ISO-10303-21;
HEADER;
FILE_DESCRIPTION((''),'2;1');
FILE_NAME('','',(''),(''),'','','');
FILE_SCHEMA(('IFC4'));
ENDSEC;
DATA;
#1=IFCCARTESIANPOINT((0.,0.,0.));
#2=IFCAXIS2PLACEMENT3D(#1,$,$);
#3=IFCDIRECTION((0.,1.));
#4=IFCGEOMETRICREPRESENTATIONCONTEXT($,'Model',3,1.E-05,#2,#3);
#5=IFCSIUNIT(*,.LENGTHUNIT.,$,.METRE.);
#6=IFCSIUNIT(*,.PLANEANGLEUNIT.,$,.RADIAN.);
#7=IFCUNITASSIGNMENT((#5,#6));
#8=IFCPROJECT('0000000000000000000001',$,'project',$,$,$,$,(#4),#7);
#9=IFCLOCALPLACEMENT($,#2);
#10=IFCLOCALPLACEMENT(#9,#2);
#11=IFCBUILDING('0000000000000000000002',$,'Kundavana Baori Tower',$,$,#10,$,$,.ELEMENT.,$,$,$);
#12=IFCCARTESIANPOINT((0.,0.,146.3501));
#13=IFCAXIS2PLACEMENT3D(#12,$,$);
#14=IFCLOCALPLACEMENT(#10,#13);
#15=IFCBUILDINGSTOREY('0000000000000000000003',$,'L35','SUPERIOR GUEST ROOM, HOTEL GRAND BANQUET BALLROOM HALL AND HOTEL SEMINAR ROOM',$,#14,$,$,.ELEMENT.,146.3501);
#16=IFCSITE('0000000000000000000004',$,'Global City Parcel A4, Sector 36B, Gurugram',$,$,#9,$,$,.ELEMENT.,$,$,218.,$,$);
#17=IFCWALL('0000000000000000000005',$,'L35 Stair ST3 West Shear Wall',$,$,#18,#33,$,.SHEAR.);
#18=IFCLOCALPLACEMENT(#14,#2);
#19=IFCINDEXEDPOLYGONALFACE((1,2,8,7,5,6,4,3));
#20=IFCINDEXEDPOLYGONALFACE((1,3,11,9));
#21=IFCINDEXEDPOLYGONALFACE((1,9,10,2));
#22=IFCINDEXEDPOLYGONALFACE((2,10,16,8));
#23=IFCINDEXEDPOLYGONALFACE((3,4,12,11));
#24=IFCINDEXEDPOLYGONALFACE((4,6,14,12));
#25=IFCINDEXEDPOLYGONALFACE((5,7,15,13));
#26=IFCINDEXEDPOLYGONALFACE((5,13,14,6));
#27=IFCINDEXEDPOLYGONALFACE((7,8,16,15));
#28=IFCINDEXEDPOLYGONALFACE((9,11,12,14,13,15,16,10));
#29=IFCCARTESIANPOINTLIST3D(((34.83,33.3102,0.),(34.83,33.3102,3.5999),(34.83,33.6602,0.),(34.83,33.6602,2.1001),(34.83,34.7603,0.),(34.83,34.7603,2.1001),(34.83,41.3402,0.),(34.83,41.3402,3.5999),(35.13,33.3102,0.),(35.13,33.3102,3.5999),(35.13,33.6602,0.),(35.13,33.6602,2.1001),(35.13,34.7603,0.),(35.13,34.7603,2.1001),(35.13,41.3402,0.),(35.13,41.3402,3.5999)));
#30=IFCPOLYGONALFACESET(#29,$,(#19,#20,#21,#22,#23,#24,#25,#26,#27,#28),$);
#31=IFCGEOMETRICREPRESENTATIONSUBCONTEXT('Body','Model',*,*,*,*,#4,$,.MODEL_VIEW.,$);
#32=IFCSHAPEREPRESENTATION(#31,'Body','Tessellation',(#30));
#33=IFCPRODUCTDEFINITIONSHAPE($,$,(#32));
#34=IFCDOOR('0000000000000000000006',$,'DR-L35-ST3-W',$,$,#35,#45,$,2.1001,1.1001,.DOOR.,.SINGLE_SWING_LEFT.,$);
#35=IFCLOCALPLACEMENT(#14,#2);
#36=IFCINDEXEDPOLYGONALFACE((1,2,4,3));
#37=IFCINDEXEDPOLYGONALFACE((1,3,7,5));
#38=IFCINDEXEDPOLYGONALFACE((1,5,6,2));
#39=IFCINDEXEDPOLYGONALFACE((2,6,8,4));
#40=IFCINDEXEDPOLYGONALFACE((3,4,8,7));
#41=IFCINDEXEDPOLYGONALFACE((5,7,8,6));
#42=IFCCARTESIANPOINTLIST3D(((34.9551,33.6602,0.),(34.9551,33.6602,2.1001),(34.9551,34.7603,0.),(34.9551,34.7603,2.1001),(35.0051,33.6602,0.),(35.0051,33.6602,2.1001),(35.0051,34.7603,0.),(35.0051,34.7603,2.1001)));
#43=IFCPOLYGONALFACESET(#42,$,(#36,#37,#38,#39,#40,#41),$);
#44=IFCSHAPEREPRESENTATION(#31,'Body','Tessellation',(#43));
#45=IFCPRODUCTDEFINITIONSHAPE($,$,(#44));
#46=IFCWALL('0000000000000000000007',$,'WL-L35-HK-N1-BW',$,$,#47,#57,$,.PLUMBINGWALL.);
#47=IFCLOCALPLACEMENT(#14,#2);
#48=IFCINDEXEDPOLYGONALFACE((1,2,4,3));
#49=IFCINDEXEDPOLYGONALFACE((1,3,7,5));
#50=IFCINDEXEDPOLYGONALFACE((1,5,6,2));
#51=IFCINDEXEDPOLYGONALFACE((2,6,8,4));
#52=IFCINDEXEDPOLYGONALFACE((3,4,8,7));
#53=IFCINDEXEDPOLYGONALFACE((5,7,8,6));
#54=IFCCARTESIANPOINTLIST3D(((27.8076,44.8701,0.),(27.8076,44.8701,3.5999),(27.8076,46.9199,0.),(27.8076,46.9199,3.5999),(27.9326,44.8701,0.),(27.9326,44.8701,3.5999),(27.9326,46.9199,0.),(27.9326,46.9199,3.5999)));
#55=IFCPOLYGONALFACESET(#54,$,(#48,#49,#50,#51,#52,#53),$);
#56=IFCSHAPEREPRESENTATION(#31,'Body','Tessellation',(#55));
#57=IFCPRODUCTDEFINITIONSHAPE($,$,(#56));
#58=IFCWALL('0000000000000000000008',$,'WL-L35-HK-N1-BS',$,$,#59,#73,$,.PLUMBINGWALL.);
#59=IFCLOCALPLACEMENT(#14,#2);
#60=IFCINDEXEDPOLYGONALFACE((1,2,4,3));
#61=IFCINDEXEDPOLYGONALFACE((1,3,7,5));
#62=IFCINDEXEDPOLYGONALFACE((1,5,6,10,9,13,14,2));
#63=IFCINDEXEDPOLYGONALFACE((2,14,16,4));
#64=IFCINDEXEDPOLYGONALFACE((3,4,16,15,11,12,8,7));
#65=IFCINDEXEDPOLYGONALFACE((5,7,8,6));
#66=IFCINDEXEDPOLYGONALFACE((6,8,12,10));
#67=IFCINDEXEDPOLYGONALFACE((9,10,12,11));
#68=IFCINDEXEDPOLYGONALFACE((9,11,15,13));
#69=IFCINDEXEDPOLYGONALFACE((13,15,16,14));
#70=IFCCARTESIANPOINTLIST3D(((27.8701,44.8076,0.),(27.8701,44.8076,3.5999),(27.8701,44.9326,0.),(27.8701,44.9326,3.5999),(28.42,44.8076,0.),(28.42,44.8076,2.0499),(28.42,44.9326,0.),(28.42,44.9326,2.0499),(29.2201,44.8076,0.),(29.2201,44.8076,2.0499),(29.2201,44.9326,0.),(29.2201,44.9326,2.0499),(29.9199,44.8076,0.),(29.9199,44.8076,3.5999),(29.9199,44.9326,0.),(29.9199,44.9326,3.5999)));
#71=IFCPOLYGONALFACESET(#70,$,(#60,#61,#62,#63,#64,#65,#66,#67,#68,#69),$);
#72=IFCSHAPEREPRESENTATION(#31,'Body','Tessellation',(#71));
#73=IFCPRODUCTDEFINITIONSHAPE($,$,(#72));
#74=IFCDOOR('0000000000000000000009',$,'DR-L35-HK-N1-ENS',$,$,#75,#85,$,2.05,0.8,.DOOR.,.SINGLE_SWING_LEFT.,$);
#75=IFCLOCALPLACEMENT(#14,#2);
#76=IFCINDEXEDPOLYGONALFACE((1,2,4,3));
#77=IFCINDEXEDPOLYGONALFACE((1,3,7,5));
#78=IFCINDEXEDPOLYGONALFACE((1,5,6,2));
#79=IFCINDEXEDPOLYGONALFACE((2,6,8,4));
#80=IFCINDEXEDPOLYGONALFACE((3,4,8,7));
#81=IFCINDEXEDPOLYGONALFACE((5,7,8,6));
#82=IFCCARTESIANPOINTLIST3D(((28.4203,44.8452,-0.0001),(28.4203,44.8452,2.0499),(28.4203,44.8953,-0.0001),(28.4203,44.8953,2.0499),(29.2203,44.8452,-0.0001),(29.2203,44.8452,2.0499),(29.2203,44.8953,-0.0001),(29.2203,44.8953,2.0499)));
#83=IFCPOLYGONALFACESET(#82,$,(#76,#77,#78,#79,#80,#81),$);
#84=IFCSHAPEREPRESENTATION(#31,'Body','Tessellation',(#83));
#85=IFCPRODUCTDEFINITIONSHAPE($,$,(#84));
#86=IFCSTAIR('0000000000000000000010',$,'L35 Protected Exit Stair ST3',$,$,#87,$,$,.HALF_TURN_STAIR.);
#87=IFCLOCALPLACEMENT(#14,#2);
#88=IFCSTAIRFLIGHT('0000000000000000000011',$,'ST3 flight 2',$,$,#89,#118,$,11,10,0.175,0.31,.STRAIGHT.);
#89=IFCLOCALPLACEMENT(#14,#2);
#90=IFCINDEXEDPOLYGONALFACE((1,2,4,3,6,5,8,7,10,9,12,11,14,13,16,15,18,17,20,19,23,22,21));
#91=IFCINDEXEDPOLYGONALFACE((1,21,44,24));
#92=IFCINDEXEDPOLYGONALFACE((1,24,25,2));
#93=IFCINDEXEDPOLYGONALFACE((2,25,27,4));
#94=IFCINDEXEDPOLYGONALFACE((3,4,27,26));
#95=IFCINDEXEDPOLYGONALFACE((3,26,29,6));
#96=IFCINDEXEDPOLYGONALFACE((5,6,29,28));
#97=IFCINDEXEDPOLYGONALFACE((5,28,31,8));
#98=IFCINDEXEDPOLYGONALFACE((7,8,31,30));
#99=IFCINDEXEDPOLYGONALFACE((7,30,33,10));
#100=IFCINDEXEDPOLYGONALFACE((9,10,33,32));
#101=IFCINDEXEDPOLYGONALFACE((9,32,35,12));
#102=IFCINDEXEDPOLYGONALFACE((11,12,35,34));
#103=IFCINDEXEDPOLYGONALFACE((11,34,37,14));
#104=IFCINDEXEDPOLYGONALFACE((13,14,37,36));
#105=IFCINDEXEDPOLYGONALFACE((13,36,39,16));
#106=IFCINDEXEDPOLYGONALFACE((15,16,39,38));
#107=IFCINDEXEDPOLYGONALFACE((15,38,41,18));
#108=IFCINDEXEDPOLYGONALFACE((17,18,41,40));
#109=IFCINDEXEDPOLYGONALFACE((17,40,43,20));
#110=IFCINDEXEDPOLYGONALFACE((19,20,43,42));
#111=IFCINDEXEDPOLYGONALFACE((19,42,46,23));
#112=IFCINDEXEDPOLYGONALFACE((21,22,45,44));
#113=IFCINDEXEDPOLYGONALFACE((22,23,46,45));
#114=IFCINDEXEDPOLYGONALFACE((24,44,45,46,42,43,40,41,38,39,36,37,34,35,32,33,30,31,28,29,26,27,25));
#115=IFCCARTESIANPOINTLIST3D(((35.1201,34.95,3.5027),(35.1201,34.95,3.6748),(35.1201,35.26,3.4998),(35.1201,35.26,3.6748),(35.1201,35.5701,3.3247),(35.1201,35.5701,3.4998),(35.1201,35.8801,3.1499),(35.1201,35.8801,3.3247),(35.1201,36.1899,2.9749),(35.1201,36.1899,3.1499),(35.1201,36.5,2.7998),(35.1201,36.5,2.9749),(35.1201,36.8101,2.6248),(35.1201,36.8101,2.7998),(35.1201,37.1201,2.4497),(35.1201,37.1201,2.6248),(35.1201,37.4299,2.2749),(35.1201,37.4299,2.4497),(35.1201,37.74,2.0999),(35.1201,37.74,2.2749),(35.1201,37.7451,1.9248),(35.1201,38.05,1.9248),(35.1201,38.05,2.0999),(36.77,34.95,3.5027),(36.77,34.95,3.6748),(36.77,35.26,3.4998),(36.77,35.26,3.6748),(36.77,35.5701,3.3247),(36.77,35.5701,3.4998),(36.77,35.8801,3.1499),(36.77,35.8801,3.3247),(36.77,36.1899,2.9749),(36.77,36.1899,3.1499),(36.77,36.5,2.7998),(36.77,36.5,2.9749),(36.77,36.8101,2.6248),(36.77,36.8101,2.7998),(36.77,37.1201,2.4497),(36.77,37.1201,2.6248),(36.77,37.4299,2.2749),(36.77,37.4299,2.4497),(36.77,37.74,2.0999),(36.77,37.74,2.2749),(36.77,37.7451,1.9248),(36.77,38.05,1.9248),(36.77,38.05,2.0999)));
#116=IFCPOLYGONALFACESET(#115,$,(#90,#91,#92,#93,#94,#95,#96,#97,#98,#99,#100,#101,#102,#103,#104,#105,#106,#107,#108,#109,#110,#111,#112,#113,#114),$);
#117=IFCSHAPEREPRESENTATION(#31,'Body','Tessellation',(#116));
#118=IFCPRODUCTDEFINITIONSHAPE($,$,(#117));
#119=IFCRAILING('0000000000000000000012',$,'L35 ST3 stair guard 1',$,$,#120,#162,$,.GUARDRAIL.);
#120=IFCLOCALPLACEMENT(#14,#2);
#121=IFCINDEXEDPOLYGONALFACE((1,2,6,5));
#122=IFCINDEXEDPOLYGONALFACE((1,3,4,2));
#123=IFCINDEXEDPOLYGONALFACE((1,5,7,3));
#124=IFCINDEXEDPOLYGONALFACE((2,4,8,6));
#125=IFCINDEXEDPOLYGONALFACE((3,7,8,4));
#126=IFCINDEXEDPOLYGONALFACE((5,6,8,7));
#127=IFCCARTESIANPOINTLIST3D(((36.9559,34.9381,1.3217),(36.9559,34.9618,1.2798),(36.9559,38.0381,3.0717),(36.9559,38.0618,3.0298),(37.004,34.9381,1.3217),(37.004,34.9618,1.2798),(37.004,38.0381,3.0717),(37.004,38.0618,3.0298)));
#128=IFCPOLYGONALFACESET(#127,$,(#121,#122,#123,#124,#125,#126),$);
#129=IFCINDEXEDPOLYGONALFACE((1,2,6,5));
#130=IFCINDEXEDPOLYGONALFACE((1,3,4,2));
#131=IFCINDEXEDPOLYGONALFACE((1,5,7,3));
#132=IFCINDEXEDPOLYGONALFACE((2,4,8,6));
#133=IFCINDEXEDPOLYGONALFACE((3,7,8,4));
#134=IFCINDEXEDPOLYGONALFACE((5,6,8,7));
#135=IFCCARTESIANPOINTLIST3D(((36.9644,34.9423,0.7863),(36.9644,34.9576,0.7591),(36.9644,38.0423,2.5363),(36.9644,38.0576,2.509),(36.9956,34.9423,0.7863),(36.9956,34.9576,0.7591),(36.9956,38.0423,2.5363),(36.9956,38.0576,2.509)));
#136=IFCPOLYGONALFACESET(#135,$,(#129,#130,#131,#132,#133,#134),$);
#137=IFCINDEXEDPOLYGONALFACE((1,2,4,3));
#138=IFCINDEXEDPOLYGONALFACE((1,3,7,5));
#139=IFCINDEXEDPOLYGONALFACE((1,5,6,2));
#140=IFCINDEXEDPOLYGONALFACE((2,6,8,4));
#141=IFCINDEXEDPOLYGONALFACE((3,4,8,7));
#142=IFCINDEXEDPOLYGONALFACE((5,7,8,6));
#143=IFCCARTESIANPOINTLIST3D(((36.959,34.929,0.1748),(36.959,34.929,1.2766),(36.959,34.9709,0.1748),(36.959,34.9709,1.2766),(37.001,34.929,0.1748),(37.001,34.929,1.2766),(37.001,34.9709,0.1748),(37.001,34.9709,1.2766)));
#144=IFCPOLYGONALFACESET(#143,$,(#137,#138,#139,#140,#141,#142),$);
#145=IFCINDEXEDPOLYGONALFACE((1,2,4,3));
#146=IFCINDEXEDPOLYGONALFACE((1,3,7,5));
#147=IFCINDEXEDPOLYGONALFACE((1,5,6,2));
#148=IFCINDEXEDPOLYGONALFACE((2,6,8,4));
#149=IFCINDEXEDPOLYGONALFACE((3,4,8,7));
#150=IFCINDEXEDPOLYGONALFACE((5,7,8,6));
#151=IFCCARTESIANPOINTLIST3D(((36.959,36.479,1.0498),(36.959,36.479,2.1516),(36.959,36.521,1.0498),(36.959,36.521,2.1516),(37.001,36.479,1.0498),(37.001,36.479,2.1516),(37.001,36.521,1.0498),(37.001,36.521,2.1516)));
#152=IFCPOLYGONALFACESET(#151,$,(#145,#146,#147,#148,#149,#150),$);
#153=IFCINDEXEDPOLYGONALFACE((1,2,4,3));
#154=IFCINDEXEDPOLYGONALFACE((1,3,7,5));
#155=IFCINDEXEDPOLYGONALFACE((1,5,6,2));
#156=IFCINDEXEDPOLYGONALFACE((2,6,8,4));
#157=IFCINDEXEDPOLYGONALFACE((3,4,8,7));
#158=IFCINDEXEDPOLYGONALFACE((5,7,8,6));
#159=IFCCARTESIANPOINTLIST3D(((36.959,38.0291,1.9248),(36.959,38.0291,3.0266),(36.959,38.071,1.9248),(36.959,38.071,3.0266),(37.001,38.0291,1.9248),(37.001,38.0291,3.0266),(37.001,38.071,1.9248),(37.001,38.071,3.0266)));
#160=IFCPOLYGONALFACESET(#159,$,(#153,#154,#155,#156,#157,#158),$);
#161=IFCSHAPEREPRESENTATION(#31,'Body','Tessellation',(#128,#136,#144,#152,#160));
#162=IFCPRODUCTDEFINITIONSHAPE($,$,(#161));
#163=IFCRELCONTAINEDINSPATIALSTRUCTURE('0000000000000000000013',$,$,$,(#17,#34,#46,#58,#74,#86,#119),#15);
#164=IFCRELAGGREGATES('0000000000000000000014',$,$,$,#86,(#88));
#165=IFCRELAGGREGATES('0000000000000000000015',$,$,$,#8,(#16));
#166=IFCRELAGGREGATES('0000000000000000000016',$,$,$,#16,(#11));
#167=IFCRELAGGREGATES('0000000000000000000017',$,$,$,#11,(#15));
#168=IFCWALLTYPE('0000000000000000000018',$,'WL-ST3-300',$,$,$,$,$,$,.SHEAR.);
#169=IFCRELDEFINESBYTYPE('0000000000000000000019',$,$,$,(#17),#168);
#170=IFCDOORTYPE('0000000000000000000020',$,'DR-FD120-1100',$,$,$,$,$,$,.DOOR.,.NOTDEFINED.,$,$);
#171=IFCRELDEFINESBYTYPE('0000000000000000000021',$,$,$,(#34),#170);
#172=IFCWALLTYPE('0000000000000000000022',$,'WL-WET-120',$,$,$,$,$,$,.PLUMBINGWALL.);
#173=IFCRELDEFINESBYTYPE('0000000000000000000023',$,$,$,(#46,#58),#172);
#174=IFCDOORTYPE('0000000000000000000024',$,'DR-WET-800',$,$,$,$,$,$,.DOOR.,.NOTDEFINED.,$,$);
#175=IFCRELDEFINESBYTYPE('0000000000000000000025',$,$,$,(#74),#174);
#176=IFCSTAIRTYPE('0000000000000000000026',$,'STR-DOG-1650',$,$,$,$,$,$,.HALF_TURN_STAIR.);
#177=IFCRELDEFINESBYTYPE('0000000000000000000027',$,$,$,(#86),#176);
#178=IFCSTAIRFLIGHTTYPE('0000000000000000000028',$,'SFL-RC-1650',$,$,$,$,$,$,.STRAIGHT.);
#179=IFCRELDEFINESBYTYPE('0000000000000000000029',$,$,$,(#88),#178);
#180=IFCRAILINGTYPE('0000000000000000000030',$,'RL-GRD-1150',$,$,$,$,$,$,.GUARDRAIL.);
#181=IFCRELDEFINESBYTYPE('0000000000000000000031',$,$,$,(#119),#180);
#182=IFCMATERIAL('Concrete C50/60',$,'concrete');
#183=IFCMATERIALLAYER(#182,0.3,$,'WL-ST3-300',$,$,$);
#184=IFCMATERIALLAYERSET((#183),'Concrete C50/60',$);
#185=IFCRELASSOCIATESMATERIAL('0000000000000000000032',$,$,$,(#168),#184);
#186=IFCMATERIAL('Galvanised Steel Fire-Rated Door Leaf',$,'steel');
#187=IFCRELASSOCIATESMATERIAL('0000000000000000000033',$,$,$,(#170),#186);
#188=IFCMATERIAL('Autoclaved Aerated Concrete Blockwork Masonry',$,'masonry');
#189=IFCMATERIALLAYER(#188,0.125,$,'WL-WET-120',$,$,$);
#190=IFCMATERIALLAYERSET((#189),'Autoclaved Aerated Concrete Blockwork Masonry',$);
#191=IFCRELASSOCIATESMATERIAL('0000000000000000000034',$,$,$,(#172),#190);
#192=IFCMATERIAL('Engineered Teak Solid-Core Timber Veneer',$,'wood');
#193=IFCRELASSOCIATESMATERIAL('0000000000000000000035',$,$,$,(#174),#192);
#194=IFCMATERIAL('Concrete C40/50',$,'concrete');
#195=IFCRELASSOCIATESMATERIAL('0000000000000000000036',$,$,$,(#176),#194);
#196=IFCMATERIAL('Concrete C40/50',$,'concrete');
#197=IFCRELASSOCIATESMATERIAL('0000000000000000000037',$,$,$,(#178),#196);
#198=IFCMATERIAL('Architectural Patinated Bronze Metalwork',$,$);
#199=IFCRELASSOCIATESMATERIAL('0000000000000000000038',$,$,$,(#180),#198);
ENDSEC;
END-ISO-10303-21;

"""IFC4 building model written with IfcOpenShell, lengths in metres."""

from ifc_helpers import new_model, si_unit, direction, frame, frame_2d, origin, origin_2d, place, context, subcontext, project, spatial, polyline, rectangle, outline, extrude, material, layer, layer_set, type_object, element, fill, aggregate, save


model = new_model("IFC4")

# Units and contexts
model_context = context("Model", 3, precision=1e-05, world=origin(), true_north=direction((0.0, 1.0)))
body_context = subcontext(model_context, "Body", "Model", "MODEL_VIEW")
ifc_project = project(units=[si_unit("LENGTHUNIT", "METRE"), si_unit("PLANEANGLEUNIT", "RADIAN")], contexts=[model_context])

# Site, building, storey
site_placement = place(None, origin())
site = spatial("IfcSite", under=ifc_project, at=site_placement, Name="Global City Parcel A4, Sector 36B, Gurugram", CompositionType="ELEMENT", RefElevation=218.0)
building_placement = place(site_placement, origin())
building = spatial("IfcBuilding", under=site, at=building_placement, Name="Kundavana Baori Tower", CompositionType="ELEMENT")
storey_placement = place(building_placement, frame((0.0, 0.0, 146.3501)))
storey = spatial("IfcBuildingStorey", under=building, at=storey_placement, Name="L35", Description="SUPERIOR GUEST ROOM, HOTEL GRAND BANQUET BALLROOM HALL AND HOTEL SEMINAR ROOM", CompositionType="ELEMENT", Elevation=146.3501)

# Shared definitions
ifc_material_1 = material(Name="Concrete C50/60", Category="concrete")
ifc_layer_1 = layer(ifc_material_1, 0.3, Name="WL-ST3-300")
ifc_layer_set_1 = layer_set([ifc_layer_1], Name="Concrete C50/60")
wall_type_1 = type_object("IfcWallType", Name="WL-ST3-300", PredefinedType="SHEAR", material=ifc_layer_set_1)

# Wall, opening, door
wall_1_placement = place(storey_placement, frame((34.98, 33.3101, 0.0), z_axis=(0.0, 0.0, 1.0), x_axis=(0.0, 1.0, 0.0)))
wall_1 = element("IfcWall", 1, at=wall_1_placement, inside=storey, type_object=wall_type_1, Name="L35 Stair ST3 West Shear Wall", PredefinedType="SHEAR", context=body_context, shape_type="SweptSolid", body=[
    extrude(rectangle(XDim=8.03, YDim=0.3, at=frame_2d((4.0151, 0.0))), origin(), (0.0, 0.0, 1.0), 3.5999),
])
opening_1_placement = place(wall_1_placement, frame((0.3501, 0.0, 0.0)))
opening_1 = element("IfcOpeningElement", 2, at=opening_1_placement, cuts=wall_1, PredefinedType="OPENING", context=body_context, shape_type="SweptSolid", body=[
    extrude(rectangle(XDim=1.1001, YDim=2.1001, at=frame_2d((0.55, 1.05))), frame((0.0, 0.1602, 0.0), z_axis=(0.0, -1.0, 0.0), x_axis=(1.0, 0.0, 0.0)), (0.0, 0.0, 1.0), 0.3201),
])
ifc_material_2 = material(Name="Galvanised Steel Fire-Rated Door Leaf", Category="steel")
door_type_1 = type_object("IfcDoorType", Name="DR-FD120-1100", OperationType="NOTDEFINED", PredefinedType="DOOR", material=ifc_material_2)
door_1_placement = place(opening_1_placement, origin())
door_1 = element("IfcDoor", 3, at=door_1_placement, inside=storey, type_object=door_type_1, Name="DR-L35-ST3-W", OperationType="SINGLE_SWING_LEFT", OverallHeight=2.1001, OverallWidth=1.1001, PredefinedType="DOOR", context=body_context, shape_type="SweptSolid", body=[
    extrude(rectangle(XDim=1.1001, YDim=2.1001, at=frame_2d((0.55, 1.05))), frame((0.0, 0.0249, 0.0), z_axis=(0.0, -1.0, 0.0), x_axis=(1.0, 0.0, 0.0)), (0.0, 0.0, 1.0), 0.05),
])
fill(opening_1, door_1)

# Wall
ifc_material_3 = material(Name="Autoclaved Aerated Concrete Blockwork Masonry", Category="masonry")
ifc_layer_2 = layer(ifc_material_3, 0.125, Name="WL-WET-120")
ifc_layer_set_2 = layer_set([ifc_layer_2], Name="Autoclaved Aerated Concrete Blockwork Masonry")
wall_type_2 = type_object("IfcWallType", Name="WL-WET-120", PredefinedType="PLUMBINGWALL", material=ifc_layer_set_2)
wall_2_placement = place(storey_placement, frame((27.8701, 44.8701, 0.0), z_axis=(0.0, 0.0, 1.0), x_axis=(0.0, 1.0, 0.0)))
element("IfcWall", 4, at=wall_2_placement, inside=storey, type_object=wall_type_2, Name="WL-L35-HK-N1-BW", PredefinedType="PLUMBINGWALL", context=body_context, shape_type="SweptSolid", body=[
    extrude(rectangle(XDim=2.0498, YDim=0.125, at=frame_2d((1.0249, 0.0))), origin(), (0.0, 0.0, 1.0), 3.5999),
])

# Wall, opening, door
wall_3_placement = place(storey_placement, frame((27.8701, 44.8701, 0.0), z_axis=(0.0, 0.0, 1.0), x_axis=(1.0, 0.0, 0.0)))
wall_3 = element("IfcWall", 5, at=wall_3_placement, inside=storey, type_object=wall_type_2, Name="WL-L35-HK-N1-BS", PredefinedType="PLUMBINGWALL", context=body_context, shape_type="SweptSolid", body=[
    extrude(rectangle(XDim=2.0498, YDim=0.125, at=frame_2d((1.0249, 0.0))), origin(), (0.0, 0.0, 1.0), 3.5999),
])
opening_2_placement = place(wall_3_placement, frame((0.55, 0.0, 0.0)))
opening_2 = element("IfcOpeningElement", 6, at=opening_2_placement, cuts=wall_3, PredefinedType="OPENING", context=body_context, shape_type="SweptSolid", body=[
    extrude(rectangle(XDim=0.8, YDim=2.05, at=frame_2d((0.3999, 1.0249))), frame((0.0, 0.0725, 0.0), z_axis=(0.0, -1.0, 0.0), x_axis=(1.0, 0.0, 0.0)), (0.0, 0.0, 1.0), 0.145),
])
ifc_material_4 = material(Name="Engineered Teak Solid-Core Timber Veneer", Category="wood")
door_type_2 = type_object("IfcDoorType", Name="DR-WET-800", OperationType="NOTDEFINED", PredefinedType="DOOR", material=ifc_material_4)
door_2_placement = place(opening_2_placement, frame((0.8, 0.0, 0.0), z_axis=(0.0, 0.0, 1.0), x_axis=(-1.0, 0.0, 0.0)))
door_2 = element("IfcDoor", 7, at=door_2_placement, inside=storey, type_object=door_type_2, Name="DR-L35-HK-N1-ENS", OperationType="SINGLE_SWING_LEFT", OverallHeight=2.05, OverallWidth=0.8, PredefinedType="DOOR", context=body_context, shape_type="SweptSolid", body=[
    extrude(rectangle(XDim=0.8, YDim=2.05, at=frame_2d((0.3999, 1.0249))), frame((0.0, 0.0249, 0.0), z_axis=(0.0, -1.0, 0.0), x_axis=(1.0, 0.0, 0.0)), (0.0, 0.0, 1.0), 0.05),
])
fill(opening_2, door_2)

# Stair, stair flight
ifc_material_5 = material(Name="Concrete C40/50", Category="concrete")
stair_type = type_object("IfcStairType", Name="STR-DOG-1650", PredefinedType="HALF_TURN_STAIR", material=ifc_material_5)
stair_placement = place(storey_placement, origin())
stair = element("IfcStair", 8, at=stair_placement, inside=storey, type_object=stair_type, Name="L35 Protected Exit Stair ST3", PredefinedType="HALF_TURN_STAIR")
ifc_material_6 = material(Name="Concrete C40/50", Category="concrete")
stair_flight_type = type_object("IfcStairFlightType", Name="SFL-RC-1650", PredefinedType="STRAIGHT", material=ifc_material_6)
stair_flight_placement = place(storey_placement, frame((35.9451, 38.05, 1.9248), z_axis=(0.0, 0.0, 1.0), x_axis=(0.0, -1.0, 0.0)))
stair_flight = element("IfcStairFlight", 9, at=stair_flight_placement, type_object=stair_flight_type, Name="ST3 flight 2", NumberOfRisers=11, NumberOfTreads=10, PredefinedType="STRAIGHT", RiserHeight=0.175, TreadLength=0.31, context=body_context, shape_type="SweptSolid", body=[
    extrude(outline(polyline([(0.0, 0.0), (0.0, 0.175), (0.3101, 0.175), (0.3101, 0.3501), (0.6201, 0.3501), (0.6201, 0.5249), (0.9299, 0.5249), (0.9299, 0.7), (1.24, 0.7), (1.24, 0.875), (1.55, 0.875), (1.55, 1.05), (1.8601, 1.05), (1.8601, 1.2251), (2.1699, 1.2251), (2.1699, 1.3999), (2.48, 1.3999), (2.48, 1.575), (2.79, 1.575), (2.79, 1.75), (3.1001, 1.75), (3.1001, 1.925), (3.1001, 1.5779), (0.3049, 0.0), (0.0, 0.0)])), frame((0.0, 0.825, 0.0), z_axis=(0.0, -1.0, 0.0), x_axis=(1.0, 0.0, 0.0)), (0.0, 0.0, 1.0), 1.6499),
])
aggregate(stair, [stair_flight])

# Railing
ifc_material_7 = material(Name="Architectural Patinated Bronze Metalwork")
railing_type_1 = type_object("IfcRailingType", Name="RL-GRD-1150", PredefinedType="GUARDRAIL", material=ifc_material_7)
railing_1_placement = place(storey_placement, frame((36.98, 34.95, 0.1748)))
element("IfcRailing", 10, at=railing_1_placement, inside=storey, type_object=railing_type_1, Name="L35 ST3 stair guard 1", PredefinedType="GUARDRAIL", context=body_context, shape_type="SweptSolid", body=[
    extrude(rectangle(XDim=0.0481, YDim=0.0481, at=origin_2d()), frame((0.0, 0.0, 1.126), z_axis=(0.0, 0.870831, 0.491583), x_axis=(-1.0, 0.0, 0.0)), (0.0, 0.0, 1.0), 3.5598),
    extrude(rectangle(XDim=0.0312, YDim=0.0312, at=origin_2d()), frame((0.0, 0.0, 0.5979), z_axis=(0.0, 0.870831, 0.491583), x_axis=(-1.0, 0.0, 0.0)), (0.0, 0.0, 1.0), 3.5598),
    extrude(rectangle(XDim=0.042, YDim=0.042, at=origin_2d()), origin(), (0.0, 0.0, 1.0), 1.1018),
    extrude(rectangle(XDim=0.042, YDim=0.042, at=origin_2d()), frame((0.0, 1.55, 0.875)), (0.0, 0.0, 1.0), 1.1018),
    extrude(rectangle(XDim=0.042, YDim=0.042, at=origin_2d()), frame((0.0, 3.1001, 1.75)), (0.0, 0.0, 1.0), 1.1018),
])

save(model, "model.ifc")
